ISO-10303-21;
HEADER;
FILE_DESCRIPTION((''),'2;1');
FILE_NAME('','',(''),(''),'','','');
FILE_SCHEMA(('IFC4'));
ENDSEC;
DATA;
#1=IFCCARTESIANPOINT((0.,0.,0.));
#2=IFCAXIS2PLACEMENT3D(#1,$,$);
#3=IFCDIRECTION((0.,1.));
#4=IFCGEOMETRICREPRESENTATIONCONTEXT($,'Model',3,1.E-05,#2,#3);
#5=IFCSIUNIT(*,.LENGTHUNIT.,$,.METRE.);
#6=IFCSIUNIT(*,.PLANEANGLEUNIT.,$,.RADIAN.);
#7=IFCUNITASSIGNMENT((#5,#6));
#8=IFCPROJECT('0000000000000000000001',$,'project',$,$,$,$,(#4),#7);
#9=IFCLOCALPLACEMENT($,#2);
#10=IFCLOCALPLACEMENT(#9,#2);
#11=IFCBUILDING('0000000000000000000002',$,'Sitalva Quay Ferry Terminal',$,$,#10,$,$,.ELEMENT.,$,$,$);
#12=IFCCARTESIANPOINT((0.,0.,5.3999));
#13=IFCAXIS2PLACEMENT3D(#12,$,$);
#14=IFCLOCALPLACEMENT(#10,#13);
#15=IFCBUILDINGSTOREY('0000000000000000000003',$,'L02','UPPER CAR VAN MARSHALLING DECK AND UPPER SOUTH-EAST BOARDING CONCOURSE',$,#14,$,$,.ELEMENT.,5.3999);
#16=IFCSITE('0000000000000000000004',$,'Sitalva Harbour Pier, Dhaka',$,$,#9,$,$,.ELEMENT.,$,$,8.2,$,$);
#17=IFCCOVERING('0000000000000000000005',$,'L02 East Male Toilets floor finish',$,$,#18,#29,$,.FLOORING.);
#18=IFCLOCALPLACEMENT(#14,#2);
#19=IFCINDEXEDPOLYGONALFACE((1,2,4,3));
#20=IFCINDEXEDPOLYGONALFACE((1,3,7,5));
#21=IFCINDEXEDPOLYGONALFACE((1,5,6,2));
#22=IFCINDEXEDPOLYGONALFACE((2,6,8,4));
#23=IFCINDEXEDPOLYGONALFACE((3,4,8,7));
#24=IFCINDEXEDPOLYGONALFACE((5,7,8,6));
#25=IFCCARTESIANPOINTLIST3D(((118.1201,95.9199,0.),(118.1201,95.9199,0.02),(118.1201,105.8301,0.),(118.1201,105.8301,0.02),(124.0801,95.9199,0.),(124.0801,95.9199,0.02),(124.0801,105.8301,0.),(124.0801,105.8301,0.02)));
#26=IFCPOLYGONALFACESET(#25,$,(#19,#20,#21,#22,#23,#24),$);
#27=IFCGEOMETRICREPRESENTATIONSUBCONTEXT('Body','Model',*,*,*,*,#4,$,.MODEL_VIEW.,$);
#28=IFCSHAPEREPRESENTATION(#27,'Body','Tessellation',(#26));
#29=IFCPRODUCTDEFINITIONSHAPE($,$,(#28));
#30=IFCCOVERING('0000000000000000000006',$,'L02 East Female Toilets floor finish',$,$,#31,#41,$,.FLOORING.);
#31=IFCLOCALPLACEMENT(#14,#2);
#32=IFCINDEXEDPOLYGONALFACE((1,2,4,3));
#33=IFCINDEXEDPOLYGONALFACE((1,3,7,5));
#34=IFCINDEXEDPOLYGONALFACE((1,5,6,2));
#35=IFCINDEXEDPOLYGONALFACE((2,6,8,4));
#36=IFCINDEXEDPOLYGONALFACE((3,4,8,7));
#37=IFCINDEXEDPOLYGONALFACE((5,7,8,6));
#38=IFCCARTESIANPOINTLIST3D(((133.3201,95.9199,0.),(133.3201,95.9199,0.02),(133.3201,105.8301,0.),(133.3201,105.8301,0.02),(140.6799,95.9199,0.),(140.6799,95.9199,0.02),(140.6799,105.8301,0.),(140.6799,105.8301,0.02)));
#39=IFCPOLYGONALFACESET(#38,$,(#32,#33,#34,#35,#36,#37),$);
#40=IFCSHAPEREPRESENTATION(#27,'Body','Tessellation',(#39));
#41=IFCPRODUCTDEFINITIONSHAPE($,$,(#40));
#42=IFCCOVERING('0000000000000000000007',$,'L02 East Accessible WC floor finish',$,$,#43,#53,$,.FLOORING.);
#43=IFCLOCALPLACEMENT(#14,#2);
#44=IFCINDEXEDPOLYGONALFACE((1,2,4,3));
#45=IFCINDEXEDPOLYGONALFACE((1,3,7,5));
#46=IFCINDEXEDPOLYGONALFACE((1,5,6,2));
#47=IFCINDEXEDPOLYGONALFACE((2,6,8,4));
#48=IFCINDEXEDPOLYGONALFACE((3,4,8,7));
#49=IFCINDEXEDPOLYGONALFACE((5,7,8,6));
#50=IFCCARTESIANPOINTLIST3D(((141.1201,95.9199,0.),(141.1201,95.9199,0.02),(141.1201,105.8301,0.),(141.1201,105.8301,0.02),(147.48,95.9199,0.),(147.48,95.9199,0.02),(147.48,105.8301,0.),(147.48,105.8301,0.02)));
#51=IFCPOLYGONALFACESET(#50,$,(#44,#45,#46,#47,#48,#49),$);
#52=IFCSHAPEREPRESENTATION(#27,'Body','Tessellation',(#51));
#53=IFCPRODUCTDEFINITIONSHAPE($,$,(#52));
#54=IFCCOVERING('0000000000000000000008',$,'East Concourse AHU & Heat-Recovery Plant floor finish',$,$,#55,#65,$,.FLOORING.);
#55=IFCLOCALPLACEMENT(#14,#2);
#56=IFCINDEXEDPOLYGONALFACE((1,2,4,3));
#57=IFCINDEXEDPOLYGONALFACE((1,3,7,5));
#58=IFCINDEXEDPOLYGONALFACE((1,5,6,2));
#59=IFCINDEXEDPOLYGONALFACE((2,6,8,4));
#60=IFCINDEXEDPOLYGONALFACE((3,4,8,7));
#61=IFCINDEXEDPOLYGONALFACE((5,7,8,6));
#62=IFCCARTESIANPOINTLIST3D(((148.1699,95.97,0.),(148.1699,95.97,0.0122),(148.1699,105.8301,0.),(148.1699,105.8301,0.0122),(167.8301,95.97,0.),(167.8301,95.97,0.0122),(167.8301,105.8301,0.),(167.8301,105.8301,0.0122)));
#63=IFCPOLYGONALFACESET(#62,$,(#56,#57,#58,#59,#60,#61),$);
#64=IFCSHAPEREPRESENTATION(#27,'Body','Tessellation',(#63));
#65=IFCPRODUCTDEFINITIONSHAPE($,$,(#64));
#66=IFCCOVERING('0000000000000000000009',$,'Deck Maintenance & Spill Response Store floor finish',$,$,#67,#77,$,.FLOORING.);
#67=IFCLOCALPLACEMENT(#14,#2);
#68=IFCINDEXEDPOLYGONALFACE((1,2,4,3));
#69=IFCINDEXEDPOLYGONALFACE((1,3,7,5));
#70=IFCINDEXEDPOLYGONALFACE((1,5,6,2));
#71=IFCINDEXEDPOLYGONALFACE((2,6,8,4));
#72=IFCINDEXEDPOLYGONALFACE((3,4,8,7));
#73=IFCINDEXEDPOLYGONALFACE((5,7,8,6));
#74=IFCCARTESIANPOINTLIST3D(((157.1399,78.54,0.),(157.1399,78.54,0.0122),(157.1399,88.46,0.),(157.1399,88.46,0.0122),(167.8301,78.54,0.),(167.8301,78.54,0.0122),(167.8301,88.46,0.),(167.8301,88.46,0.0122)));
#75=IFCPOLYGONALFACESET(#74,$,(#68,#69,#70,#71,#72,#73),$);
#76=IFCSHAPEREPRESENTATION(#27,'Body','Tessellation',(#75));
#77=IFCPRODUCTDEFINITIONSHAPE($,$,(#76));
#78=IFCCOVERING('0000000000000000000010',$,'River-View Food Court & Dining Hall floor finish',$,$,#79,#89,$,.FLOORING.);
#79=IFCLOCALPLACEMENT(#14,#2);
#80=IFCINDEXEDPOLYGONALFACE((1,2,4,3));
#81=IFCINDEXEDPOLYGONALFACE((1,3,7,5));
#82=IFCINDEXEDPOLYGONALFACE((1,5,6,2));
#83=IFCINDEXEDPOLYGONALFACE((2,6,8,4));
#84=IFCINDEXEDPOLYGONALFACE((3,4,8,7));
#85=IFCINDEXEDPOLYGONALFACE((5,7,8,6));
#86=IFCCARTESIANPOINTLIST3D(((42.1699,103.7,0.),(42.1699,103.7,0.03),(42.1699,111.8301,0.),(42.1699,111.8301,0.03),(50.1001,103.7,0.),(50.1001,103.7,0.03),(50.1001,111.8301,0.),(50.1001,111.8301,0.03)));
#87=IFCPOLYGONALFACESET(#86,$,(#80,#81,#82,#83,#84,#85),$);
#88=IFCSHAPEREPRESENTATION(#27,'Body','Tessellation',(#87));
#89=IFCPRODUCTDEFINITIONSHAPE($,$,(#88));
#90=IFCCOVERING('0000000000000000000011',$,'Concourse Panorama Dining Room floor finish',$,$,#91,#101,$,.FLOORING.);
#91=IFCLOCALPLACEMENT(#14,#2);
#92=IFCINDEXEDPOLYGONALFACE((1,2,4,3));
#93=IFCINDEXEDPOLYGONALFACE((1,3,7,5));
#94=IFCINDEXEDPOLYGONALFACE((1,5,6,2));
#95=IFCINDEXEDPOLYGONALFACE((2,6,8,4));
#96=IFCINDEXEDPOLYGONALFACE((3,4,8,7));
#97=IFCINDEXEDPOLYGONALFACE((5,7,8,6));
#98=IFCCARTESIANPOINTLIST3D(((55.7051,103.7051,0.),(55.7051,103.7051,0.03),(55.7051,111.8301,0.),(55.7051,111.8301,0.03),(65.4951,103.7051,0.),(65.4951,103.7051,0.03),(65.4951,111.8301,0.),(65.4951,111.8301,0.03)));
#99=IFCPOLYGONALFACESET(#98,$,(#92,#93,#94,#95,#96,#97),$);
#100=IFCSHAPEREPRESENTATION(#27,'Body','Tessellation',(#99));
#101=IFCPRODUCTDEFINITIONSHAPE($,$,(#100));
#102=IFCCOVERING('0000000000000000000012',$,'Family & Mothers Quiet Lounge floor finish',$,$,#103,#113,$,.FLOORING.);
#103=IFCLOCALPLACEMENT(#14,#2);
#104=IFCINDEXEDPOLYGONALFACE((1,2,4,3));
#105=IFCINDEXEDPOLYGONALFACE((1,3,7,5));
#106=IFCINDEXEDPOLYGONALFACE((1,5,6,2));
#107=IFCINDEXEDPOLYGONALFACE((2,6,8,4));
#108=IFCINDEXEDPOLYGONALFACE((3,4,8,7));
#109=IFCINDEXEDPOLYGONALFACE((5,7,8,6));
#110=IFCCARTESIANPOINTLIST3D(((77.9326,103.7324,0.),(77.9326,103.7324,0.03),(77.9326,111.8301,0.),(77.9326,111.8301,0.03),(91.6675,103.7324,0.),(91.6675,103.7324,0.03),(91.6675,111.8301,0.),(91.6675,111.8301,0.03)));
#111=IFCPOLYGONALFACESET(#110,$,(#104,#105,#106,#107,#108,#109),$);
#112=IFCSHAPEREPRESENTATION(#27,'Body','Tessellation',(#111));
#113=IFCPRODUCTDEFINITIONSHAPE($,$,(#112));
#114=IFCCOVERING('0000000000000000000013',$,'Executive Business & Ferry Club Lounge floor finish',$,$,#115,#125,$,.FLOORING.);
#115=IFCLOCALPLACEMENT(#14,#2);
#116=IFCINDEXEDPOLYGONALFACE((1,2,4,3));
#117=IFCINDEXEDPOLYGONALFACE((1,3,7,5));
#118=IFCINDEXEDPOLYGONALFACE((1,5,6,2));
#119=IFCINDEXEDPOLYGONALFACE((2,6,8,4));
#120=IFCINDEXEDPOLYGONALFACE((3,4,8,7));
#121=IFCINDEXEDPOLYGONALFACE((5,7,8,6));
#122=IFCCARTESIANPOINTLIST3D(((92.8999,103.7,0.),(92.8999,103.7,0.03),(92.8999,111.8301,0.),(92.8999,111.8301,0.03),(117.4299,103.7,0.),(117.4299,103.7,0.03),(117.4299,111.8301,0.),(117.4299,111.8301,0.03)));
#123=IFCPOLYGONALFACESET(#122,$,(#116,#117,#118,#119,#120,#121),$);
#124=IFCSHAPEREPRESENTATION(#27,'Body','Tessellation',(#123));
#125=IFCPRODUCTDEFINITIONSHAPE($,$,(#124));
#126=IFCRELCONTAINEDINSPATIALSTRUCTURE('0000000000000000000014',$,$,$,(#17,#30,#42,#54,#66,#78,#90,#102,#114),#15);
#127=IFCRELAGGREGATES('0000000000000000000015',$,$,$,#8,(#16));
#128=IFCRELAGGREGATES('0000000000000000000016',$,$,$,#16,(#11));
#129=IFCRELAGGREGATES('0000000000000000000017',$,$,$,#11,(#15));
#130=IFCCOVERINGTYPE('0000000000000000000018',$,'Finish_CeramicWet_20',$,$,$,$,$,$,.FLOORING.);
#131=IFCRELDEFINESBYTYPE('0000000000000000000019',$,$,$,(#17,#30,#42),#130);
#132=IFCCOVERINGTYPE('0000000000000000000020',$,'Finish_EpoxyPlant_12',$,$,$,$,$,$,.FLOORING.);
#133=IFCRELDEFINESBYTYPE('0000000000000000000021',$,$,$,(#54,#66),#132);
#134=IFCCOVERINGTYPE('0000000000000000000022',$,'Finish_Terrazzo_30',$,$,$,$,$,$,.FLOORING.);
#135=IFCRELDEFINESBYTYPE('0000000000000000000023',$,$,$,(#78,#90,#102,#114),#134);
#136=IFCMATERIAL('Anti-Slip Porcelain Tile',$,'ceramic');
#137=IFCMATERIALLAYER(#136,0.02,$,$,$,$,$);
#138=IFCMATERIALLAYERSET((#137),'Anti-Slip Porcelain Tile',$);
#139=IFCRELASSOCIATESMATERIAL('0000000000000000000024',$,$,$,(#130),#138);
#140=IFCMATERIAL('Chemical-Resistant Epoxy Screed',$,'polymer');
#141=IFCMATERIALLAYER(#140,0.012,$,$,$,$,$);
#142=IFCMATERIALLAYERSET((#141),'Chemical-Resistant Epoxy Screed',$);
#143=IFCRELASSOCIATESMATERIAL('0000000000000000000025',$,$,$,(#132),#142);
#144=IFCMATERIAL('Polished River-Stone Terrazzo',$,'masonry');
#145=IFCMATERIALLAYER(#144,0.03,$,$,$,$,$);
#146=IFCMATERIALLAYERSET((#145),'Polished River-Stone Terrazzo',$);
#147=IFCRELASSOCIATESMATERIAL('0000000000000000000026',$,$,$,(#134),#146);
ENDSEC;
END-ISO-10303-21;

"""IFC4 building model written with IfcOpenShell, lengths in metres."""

from ifc_helpers import new_model, si_unit, direction, frame, origin, place, context, subcontext, project, spatial, polyline, outline, extrude, material, layer, layer_set, type_object, element, save


model = new_model("IFC4")

# Units and contexts
model_context = context("Model", 3, precision=1e-05, world=origin(), true_north=direction((0.0, 1.0)))
body_context = subcontext(model_context, "Body", "Model", "MODEL_VIEW")
ifc_project = project(units=[si_unit("LENGTHUNIT", "METRE"), si_unit("PLANEANGLEUNIT", "RADIAN")], contexts=[model_context])

# Site, building, storey
site_placement = place(None, origin())
site = spatial("IfcSite", under=ifc_project, at=site_placement, Name="Sitalva Harbour Pier, Dhaka", CompositionType="ELEMENT", RefElevation=8.2)
building_placement = place(site_placement, origin())
building = spatial("IfcBuilding", under=site, at=building_placement, Name="Sitalva Quay Ferry Terminal", CompositionType="ELEMENT")
storey_placement = place(building_placement, frame((0.0, 0.0, 5.3999)))
storey = spatial("IfcBuildingStorey", under=building, at=storey_placement, Name="L02", Description="UPPER CAR VAN MARSHALLING DECK AND UPPER SOUTH-EAST BOARDING CONCOURSE", CompositionType="ELEMENT", Elevation=5.3999)

# Coverings
ifc_material_1 = material(Name="Anti-Slip Porcelain Tile", Category="ceramic")
ifc_layer_1 = layer(ifc_material_1, 0.02)
ifc_layer_set_1 = layer_set([ifc_layer_1], Name="Anti-Slip Porcelain Tile")
covering_type_1 = type_object("IfcCoveringType", Name="Finish_CeramicWet_20", PredefinedType="FLOORING", material=ifc_layer_set_1)
covering_1_placement = place(storey_placement, origin())
element("IfcCovering", 1, at=covering_1_placement, inside=storey, type_object=covering_type_1, Name="L02 East Male Toilets floor finish", PredefinedType="FLOORING", context=body_context, shape_type="SweptSolid", body=[
    extrude(outline(polyline([(118.1201, 95.9199), (124.0801, 95.9199), (124.0801, 105.8301), (118.1201, 105.8301), (118.1201, 95.9199)])), origin(), (0.0, 0.0, 1.0), 0.02),
])
covering_2_placement = place(storey_placement, origin())
element("IfcCovering", 2, at=covering_2_placement, inside=storey, type_object=covering_type_1, Name="L02 East Female Toilets floor finish", PredefinedType="FLOORING", context=body_context, shape_type="SweptSolid", body=[
    extrude(outline(polyline([(133.3201, 95.9199), (140.6799, 95.9199), (140.6799, 105.8301), (133.3201, 105.8301), (133.3201, 95.9199)])), origin(), (0.0, 0.0, 1.0), 0.02),
])
covering_3_placement = place(storey_placement, origin())
element("IfcCovering", 3, at=covering_3_placement, inside=storey, type_object=covering_type_1, Name="L02 East Accessible WC floor finish", PredefinedType="FLOORING", context=body_context, shape_type="SweptSolid", body=[
    extrude(outline(polyline([(141.1201, 95.9199), (147.48, 95.9199), (147.48, 105.8301), (141.1201, 105.8301), (141.1201, 95.9199)])), origin(), (0.0, 0.0, 1.0), 0.02),
])
ifc_material_2 = material(Name="Chemical-Resistant Epoxy Screed", Category="polymer")
ifc_layer_2 = layer(ifc_material_2, 0.012)
ifc_layer_set_2 = layer_set([ifc_layer_2], Name="Chemical-Resistant Epoxy Screed")
covering_type_2 = type_object("IfcCoveringType", Name="Finish_EpoxyPlant_12", PredefinedType="FLOORING", material=ifc_layer_set_2)
covering_4_placement = place(storey_placement, origin())
element("IfcCovering", 4, at=covering_4_placement, inside=storey, type_object=covering_type_2, Name="East Concourse AHU & Heat-Recovery Plant floor finish", PredefinedType="FLOORING", context=body_context, shape_type="SweptSolid", body=[
    extrude(outline(polyline([(148.1699, 95.97), (167.8301, 95.97), (167.8301, 105.8301), (148.1699, 105.8301), (148.1699, 95.97)])), origin(), (0.0, 0.0, 1.0), 0.0122),
])
covering_5_placement = place(storey_placement, origin())
element("IfcCovering", 5, at=covering_5_placement, inside=storey, type_object=covering_type_2, Name="Deck Maintenance & Spill Response Store floor finish", PredefinedType="FLOORING", context=body_context, shape_type="SweptSolid", body=[
    extrude(outline(polyline([(157.1399, 78.54), (167.8301, 78.54), (167.8301, 88.46), (157.1399, 88.46), (157.1399, 78.54)])), origin(), (0.0, 0.0, 1.0), 0.0122),
])
ifc_material_3 = material(Name="Polished River-Stone Terrazzo", Category="masonry")
ifc_layer_3 = layer(ifc_material_3, 0.03)
ifc_layer_set_3 = layer_set([ifc_layer_3], Name="Polished River-Stone Terrazzo")
covering_type_3 = type_object("IfcCoveringType", Name="Finish_Terrazzo_30", PredefinedType="FLOORING", material=ifc_layer_set_3)
covering_6_placement = place(storey_placement, origin())
element("IfcCovering", 6, at=covering_6_placement, inside=storey, type_object=covering_type_3, Name="River-View Food Court & Dining Hall floor finish", PredefinedType="FLOORING", context=body_context, shape_type="SweptSolid", body=[
    extrude(outline(polyline([(42.1699, 103.7), (50.1001, 103.7), (50.1001, 111.8301), (42.1699, 111.8301), (42.1699, 103.7)])), origin(), (0.0, 0.0, 1.0), 0.03),
])
covering_7_placement = place(storey_placement, origin())
element("IfcCovering", 7, at=covering_7_placement, inside=storey, type_object=covering_type_3, Name="Concourse Panorama Dining Room floor finish", PredefinedType="FLOORING", context=body_context, shape_type="SweptSolid", body=[
    extrude(outline(polyline([(55.7051, 103.7051), (65.4951, 103.7051), (65.4951, 111.8301), (55.7051, 111.8301), (55.7051, 103.7051)])), origin(), (0.0, 0.0, 1.0), 0.03),
])
covering_8_placement = place(storey_placement, origin())
element("IfcCovering", 8, at=covering_8_placement, inside=storey, type_object=covering_type_3, Name="Family & Mothers Quiet Lounge floor finish", PredefinedType="FLOORING", context=body_context, shape_type="SweptSolid", body=[
    extrude(outline(polyline([(77.9326, 103.7324), (91.6675, 103.7324), (91.6675, 111.8301), (77.9326, 111.8301), (77.9326, 103.7324)])), origin(), (0.0, 0.0, 1.0), 0.03),
])
covering_9_placement = place(storey_placement, origin())
element("IfcCovering", 9, at=covering_9_placement, inside=storey, type_object=covering_type_3, Name="Executive Business & Ferry Club Lounge floor finish", PredefinedType="FLOORING", context=body_context, shape_type="SweptSolid", body=[
    extrude(outline(polyline([(92.8999, 103.7), (117.4299, 103.7), (117.4299, 111.8301), (92.8999, 111.8301), (92.8999, 103.7)])), origin(), (0.0, 0.0, 1.0), 0.03),
])

save(model, "model.ifc")
